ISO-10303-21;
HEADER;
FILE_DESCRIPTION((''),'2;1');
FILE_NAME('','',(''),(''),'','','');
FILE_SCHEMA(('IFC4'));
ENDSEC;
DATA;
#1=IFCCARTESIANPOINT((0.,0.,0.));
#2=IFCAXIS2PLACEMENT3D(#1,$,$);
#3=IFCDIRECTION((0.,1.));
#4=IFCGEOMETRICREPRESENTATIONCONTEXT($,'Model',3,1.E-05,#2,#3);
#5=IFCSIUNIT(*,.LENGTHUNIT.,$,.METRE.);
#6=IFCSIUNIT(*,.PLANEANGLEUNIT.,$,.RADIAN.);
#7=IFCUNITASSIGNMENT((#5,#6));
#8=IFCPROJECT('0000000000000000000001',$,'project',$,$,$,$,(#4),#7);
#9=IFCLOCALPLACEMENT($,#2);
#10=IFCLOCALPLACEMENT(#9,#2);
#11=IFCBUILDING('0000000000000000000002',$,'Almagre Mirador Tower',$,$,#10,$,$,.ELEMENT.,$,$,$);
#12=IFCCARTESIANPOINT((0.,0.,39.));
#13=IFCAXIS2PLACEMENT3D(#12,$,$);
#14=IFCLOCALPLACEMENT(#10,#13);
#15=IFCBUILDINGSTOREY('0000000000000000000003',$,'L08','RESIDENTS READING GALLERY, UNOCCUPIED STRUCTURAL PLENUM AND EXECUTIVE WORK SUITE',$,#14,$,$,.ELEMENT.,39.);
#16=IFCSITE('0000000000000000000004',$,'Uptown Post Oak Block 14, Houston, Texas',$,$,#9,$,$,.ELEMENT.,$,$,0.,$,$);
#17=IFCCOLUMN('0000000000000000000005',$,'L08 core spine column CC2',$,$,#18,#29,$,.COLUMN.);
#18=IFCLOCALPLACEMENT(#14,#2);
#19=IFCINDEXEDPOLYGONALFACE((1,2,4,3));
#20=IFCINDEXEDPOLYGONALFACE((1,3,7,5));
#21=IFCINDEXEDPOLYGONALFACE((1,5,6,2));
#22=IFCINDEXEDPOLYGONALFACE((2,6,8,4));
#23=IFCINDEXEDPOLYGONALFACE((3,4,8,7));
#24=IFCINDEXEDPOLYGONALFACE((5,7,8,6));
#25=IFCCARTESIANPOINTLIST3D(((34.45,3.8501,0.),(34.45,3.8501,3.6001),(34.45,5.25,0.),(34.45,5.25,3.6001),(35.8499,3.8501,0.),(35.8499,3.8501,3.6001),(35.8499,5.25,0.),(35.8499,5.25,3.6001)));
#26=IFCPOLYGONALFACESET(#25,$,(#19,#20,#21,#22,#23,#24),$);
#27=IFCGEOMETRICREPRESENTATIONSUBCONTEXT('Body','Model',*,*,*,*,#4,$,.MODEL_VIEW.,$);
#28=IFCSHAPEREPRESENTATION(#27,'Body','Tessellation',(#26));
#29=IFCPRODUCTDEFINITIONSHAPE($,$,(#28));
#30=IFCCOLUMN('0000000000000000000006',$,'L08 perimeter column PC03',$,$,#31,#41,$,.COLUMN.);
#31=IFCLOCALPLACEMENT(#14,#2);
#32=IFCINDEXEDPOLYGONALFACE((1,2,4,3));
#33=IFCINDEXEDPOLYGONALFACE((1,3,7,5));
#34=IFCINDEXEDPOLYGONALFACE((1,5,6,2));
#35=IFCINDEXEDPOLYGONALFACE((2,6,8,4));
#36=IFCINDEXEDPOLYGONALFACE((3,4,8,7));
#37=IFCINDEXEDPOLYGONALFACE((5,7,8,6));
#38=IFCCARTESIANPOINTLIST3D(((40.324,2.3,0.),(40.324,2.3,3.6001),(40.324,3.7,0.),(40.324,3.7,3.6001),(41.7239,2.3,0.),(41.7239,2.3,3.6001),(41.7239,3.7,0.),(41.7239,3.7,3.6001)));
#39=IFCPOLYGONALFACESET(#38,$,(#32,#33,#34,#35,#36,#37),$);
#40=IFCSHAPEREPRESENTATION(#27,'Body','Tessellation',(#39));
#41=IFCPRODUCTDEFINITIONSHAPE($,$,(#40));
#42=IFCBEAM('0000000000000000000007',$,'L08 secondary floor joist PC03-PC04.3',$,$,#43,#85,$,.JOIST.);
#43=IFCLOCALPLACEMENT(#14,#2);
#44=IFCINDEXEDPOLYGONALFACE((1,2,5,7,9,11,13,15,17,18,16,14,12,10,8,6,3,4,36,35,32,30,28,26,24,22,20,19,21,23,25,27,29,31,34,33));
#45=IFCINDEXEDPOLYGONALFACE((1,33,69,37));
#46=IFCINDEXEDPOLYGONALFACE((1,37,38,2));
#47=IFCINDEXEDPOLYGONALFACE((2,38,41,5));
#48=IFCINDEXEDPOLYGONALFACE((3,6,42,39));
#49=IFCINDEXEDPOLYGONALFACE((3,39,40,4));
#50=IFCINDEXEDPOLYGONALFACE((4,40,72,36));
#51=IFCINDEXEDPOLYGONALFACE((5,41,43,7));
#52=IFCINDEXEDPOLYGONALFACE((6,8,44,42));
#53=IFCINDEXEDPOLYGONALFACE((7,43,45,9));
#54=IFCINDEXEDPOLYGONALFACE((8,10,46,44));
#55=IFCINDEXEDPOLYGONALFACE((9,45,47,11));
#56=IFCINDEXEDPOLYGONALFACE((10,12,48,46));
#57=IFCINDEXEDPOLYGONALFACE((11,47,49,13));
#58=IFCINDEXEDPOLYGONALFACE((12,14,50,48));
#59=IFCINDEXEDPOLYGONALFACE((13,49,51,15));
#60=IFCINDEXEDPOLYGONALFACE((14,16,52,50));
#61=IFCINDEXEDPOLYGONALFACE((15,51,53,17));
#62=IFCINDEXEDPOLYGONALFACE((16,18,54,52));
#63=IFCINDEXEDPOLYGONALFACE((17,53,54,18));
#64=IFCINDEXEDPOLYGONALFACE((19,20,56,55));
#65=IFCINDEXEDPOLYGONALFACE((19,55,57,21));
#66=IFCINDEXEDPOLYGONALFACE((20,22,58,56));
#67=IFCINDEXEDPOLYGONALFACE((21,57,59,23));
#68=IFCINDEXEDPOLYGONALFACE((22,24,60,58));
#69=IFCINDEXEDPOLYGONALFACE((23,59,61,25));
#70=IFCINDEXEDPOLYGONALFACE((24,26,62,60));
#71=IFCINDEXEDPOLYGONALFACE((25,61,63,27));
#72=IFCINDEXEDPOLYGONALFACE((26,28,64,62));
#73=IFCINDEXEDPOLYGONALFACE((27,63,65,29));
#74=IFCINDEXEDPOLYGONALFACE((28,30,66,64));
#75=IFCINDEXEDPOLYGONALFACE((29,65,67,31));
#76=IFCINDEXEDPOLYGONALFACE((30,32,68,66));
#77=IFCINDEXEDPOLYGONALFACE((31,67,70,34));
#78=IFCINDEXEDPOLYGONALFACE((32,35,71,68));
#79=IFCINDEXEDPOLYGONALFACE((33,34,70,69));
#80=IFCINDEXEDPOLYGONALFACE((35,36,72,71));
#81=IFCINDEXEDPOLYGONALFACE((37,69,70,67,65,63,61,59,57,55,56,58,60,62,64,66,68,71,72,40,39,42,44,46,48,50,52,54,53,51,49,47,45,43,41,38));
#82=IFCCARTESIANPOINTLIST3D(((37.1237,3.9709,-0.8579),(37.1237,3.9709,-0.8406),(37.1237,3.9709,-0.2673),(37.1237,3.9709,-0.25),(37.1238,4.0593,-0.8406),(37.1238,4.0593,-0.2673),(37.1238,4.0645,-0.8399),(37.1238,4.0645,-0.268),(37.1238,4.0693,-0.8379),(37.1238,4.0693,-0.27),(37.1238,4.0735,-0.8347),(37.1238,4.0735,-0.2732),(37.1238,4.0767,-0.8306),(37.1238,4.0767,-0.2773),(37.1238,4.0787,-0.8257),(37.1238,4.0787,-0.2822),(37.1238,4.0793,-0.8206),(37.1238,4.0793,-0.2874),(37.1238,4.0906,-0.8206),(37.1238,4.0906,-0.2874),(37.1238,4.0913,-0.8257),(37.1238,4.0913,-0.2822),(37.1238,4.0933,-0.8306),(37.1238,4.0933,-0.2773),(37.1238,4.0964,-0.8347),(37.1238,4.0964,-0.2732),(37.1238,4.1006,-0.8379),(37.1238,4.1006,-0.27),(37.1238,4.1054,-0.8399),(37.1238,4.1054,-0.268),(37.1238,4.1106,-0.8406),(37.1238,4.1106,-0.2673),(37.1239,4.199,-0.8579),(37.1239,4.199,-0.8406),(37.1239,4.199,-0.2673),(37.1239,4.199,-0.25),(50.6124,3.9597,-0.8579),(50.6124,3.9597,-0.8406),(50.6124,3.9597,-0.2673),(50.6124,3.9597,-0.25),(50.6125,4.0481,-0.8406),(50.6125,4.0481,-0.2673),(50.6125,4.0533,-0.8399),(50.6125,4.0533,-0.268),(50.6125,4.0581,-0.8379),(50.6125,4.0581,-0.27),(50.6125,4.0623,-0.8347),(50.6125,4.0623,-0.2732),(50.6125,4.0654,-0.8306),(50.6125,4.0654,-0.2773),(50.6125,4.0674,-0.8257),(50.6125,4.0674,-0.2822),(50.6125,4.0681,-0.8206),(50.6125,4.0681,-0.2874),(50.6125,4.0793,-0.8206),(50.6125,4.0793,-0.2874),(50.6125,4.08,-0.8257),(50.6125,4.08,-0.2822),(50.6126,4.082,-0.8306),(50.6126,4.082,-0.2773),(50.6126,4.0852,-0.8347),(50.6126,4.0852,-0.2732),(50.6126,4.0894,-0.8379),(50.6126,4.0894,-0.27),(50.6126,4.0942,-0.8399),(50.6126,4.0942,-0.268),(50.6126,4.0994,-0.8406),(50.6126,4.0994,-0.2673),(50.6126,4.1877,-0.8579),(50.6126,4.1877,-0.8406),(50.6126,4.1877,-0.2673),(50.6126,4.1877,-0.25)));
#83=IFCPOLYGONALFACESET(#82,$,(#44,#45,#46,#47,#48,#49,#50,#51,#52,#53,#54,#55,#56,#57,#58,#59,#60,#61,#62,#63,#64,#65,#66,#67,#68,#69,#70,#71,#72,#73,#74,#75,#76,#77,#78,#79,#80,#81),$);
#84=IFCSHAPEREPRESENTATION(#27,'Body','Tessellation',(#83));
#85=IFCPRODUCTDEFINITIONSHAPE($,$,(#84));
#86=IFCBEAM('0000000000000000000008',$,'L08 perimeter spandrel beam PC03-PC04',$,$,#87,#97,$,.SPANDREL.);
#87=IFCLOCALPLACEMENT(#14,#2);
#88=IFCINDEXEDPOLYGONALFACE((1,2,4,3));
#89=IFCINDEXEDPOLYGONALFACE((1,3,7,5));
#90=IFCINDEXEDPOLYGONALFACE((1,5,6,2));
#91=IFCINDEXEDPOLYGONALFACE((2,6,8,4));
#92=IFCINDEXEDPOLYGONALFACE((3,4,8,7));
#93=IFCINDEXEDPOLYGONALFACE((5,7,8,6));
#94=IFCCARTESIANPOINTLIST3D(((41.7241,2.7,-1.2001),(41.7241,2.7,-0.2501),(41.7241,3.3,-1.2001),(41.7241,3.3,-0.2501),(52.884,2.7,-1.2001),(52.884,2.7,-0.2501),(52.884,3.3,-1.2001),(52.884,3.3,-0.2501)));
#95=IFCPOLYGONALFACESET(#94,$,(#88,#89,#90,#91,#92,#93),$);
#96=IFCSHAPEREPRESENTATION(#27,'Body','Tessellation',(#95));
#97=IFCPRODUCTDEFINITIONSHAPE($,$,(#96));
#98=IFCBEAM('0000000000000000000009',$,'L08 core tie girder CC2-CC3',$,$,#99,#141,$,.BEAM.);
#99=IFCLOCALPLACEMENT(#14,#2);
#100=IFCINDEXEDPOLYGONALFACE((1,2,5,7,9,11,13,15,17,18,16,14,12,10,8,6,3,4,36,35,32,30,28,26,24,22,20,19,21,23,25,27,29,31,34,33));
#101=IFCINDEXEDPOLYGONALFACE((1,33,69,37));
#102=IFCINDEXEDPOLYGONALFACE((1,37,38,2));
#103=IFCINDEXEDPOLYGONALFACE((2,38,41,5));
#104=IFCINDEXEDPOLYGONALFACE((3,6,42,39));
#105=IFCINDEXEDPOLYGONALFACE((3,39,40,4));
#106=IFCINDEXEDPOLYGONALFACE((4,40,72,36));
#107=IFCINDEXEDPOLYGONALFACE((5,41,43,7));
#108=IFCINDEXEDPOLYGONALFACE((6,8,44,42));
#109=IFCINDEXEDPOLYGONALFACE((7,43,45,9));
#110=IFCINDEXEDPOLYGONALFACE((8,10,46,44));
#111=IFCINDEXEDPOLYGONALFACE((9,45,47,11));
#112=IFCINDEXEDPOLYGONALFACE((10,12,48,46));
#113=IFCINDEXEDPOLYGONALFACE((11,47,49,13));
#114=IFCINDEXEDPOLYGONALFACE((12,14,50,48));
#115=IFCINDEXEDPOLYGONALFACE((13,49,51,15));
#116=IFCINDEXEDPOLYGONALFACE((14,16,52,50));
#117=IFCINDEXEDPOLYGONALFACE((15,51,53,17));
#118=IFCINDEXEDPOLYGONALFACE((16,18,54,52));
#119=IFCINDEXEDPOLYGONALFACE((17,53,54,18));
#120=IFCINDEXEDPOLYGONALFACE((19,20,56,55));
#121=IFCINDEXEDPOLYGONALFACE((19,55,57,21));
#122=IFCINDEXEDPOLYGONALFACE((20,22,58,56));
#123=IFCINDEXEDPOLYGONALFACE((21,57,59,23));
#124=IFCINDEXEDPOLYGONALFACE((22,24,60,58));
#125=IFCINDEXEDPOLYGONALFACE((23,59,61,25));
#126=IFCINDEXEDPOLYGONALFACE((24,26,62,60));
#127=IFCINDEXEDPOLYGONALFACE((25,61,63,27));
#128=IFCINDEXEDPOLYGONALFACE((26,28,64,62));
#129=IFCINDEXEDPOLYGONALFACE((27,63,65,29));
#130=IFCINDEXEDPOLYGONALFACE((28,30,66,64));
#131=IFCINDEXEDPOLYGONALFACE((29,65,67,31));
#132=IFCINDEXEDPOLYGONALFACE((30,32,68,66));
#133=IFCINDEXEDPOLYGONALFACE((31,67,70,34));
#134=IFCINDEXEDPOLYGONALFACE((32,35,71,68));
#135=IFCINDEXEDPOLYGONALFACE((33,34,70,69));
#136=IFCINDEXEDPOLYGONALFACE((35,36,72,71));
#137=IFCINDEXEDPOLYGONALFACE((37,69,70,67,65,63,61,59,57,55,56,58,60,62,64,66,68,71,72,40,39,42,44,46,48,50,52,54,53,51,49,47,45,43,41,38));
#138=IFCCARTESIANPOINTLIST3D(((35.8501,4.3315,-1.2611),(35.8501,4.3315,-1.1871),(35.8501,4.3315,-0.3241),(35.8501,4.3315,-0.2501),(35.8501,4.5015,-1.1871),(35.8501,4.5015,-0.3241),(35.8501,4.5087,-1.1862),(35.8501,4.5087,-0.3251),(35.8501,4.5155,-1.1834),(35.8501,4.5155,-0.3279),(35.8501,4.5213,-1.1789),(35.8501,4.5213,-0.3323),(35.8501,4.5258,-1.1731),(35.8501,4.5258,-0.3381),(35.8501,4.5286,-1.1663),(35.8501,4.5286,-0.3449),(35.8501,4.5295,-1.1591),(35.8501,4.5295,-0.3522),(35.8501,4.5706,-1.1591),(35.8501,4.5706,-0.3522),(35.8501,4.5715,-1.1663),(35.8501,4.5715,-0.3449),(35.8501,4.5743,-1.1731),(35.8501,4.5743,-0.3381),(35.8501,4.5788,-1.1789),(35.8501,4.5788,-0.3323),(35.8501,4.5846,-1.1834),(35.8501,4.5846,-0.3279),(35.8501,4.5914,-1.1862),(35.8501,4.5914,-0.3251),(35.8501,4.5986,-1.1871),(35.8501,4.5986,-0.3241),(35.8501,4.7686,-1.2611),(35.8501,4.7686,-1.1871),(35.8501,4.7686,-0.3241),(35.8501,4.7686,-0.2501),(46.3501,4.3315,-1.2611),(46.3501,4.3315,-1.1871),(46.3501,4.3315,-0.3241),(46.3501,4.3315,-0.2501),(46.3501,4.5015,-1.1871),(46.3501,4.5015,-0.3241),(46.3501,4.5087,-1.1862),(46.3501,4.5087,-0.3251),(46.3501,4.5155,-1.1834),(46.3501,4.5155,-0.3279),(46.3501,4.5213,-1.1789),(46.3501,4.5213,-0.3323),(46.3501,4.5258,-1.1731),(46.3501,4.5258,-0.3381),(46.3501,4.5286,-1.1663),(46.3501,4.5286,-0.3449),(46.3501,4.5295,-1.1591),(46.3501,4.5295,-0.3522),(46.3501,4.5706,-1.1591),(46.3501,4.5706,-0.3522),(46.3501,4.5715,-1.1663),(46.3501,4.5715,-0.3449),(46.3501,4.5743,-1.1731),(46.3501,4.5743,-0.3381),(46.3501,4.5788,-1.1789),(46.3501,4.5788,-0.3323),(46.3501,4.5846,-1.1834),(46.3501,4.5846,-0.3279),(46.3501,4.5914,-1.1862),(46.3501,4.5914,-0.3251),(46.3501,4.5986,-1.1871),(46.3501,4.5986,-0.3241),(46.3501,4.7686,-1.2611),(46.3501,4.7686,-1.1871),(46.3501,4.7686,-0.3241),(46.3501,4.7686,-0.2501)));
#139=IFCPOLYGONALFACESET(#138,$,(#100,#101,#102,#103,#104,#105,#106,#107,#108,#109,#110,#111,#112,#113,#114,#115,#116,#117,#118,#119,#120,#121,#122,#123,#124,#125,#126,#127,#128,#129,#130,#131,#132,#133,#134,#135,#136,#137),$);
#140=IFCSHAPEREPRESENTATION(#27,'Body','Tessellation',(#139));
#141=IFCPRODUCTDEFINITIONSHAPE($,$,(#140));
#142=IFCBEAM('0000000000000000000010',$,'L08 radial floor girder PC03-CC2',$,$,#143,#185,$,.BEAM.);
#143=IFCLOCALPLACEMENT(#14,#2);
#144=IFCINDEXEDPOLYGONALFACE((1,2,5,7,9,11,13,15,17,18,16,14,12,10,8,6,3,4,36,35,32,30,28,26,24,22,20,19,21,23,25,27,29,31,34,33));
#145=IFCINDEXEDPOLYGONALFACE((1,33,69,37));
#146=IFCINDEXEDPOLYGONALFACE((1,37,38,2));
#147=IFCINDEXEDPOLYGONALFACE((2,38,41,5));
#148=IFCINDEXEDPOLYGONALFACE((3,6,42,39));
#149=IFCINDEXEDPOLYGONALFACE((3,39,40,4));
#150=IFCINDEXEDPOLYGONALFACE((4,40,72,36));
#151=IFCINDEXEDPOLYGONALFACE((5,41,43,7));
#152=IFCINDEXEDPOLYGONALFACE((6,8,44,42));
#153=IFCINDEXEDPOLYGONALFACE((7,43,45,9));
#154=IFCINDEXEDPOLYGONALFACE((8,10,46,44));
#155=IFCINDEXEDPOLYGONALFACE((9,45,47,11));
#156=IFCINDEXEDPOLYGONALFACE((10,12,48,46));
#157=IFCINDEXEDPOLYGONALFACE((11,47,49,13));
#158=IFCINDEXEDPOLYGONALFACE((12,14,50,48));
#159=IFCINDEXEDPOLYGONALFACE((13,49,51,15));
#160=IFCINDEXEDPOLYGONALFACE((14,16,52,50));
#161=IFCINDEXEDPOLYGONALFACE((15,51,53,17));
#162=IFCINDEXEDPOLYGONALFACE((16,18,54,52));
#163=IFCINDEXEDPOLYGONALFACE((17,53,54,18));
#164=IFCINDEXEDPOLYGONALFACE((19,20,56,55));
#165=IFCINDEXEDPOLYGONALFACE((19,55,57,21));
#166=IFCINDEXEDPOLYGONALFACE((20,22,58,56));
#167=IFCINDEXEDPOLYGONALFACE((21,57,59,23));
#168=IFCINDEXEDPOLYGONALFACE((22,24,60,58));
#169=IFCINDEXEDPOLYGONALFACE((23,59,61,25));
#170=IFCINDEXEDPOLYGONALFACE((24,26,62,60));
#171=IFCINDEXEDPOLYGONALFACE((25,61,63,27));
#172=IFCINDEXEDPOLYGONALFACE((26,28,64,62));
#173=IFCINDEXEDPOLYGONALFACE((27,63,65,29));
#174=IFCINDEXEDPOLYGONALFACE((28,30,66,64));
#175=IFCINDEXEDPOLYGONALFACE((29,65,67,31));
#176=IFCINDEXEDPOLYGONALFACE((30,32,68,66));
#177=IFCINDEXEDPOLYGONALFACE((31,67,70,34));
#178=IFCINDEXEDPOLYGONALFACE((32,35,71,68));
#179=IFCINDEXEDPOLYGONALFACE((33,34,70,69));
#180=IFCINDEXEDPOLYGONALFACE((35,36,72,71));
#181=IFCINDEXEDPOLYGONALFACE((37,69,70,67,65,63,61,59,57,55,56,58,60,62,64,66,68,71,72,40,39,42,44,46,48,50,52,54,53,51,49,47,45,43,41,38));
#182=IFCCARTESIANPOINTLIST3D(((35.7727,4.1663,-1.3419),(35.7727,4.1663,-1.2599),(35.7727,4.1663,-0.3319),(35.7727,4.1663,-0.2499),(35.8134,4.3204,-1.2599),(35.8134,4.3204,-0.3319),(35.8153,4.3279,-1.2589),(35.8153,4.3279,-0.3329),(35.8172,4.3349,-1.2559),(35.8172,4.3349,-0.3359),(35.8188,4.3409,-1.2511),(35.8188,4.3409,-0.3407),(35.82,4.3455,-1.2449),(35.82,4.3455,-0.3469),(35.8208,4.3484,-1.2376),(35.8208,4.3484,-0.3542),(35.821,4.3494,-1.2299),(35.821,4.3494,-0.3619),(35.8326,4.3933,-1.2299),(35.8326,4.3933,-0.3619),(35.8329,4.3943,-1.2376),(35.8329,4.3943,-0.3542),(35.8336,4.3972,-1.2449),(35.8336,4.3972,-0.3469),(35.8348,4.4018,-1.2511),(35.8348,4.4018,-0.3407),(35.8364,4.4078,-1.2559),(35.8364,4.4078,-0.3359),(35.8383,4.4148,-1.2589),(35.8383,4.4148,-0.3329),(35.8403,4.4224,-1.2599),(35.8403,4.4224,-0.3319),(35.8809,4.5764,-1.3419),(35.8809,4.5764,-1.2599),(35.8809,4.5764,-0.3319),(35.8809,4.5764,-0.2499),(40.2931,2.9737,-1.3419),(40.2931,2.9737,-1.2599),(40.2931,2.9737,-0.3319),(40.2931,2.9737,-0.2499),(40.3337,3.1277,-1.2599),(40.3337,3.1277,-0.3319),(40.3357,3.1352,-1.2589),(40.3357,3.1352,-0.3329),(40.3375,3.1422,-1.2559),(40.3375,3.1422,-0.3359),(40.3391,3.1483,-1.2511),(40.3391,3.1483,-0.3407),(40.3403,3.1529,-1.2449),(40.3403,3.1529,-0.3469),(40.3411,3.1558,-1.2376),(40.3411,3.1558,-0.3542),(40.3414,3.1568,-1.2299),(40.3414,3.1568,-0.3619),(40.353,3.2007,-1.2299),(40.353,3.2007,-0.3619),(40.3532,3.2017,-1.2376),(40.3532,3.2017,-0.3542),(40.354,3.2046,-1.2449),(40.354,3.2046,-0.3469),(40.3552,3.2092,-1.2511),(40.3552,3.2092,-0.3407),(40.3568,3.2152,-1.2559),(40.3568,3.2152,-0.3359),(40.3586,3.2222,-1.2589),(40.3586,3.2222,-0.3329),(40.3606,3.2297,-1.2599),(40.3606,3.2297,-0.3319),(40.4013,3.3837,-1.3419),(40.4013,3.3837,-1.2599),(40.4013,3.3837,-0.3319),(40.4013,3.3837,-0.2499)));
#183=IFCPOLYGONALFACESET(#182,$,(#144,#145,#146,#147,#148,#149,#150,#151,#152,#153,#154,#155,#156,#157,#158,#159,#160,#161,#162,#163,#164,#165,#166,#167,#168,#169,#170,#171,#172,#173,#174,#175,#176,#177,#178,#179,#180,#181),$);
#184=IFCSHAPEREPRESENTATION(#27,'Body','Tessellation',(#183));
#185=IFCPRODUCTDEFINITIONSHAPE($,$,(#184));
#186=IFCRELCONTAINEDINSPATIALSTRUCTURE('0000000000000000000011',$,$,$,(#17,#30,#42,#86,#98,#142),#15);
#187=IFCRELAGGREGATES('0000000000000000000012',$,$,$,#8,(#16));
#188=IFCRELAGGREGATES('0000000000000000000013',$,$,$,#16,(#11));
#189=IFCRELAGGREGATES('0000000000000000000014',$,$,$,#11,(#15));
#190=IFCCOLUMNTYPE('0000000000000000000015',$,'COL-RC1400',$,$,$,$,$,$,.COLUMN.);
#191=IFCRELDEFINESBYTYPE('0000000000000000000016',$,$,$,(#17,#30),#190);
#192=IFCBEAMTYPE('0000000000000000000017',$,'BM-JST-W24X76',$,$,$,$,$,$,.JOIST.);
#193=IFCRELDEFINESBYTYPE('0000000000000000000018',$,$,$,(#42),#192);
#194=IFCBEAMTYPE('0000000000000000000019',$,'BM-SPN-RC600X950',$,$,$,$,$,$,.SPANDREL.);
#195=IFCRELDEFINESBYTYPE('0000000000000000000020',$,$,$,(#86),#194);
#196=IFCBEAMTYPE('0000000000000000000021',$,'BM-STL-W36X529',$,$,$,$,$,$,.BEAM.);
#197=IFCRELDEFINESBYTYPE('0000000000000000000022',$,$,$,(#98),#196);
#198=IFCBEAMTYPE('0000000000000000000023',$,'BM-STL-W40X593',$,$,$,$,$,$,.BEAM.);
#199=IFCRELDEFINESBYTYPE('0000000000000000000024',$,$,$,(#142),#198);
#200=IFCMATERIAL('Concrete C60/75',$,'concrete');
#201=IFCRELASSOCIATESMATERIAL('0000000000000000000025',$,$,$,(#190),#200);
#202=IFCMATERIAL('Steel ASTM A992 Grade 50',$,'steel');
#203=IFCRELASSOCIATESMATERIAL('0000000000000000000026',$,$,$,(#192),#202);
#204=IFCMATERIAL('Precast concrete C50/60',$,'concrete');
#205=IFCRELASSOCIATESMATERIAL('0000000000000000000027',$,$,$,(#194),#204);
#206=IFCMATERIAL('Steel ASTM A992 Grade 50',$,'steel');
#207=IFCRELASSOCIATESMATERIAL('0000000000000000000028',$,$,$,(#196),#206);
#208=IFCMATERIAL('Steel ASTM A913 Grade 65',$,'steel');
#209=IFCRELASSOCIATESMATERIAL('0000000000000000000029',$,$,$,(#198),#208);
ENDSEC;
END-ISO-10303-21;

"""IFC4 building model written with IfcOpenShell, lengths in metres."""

from ifc_helpers import new_model, si_unit, direction, frame, origin, origin_2d, place, context, subcontext, project, spatial, rectangle, i_section, extrude, material, material_profile, profile_set, type_object, element, save


model = new_model("IFC4")

# Units and contexts
model_context = context("Model", 3, precision=1e-05, world=origin(), true_north=direction((0.0, 1.0)))
body_context = subcontext(model_context, "Body", "Model", "MODEL_VIEW")
ifc_project = project(units=[si_unit("LENGTHUNIT", "METRE"), si_unit("PLANEANGLEUNIT", "RADIAN")], contexts=[model_context])

# Site, building, storey
site_placement = place(None, origin())
site = spatial("IfcSite", under=ifc_project, at=site_placement, Name="Uptown Post Oak Block 14, Houston, Texas", CompositionType="ELEMENT", RefElevation=0.0)
building_placement = place(site_placement, origin())
building = spatial("IfcBuilding", under=site, at=building_placement, Name="Almagre Mirador Tower", CompositionType="ELEMENT")
storey_placement = place(building_placement, frame((0.0, 0.0, 39.0)))
storey = spatial("IfcBuildingStorey", under=building, at=storey_placement, Name="L08", Description="RESIDENTS READING GALLERY, UNOCCUPIED STRUCTURAL PLENUM AND EXECUTIVE WORK SUITE", CompositionType="ELEMENT", Elevation=39.0)

# Columns
ifc_material_1 = material(Name="Concrete C60/75", Category="concrete")
ifc_material_profile_1 = material_profile(ifc_material_1, rectangle(XDim=1.3999, YDim=1.3999, at=origin_2d()), Name="RC1400X1400")
ifc_profile_set_1 = profile_set([ifc_material_profile_1], Name="Concrete C60/75")
column_type = type_object("IfcColumnType", Name="COL-RC1400", PredefinedType="COLUMN", material=ifc_profile_set_1)
for number, where, z_axis, x_axis, name in (
    (1, (35.1499, 4.55, 0.0), (0.0, 0.0, 1.0), (1.0, 0.0, 0.0), "L08 core spine column CC2"),
    (2, (41.0239, 3.0, 0.0), (0.0, 0.0, 1.0), (1.0, 0.0, 0.0), "L08 perimeter column PC03"),
):
    element("IfcColumn", number, at=place(storey_placement, frame(where, z_axis=z_axis, x_axis=x_axis)), inside=storey, type_object=column_type, Name=name, PredefinedType="COLUMN", context=body_context, shape_type="SweptSolid", body=[
        extrude(rectangle(XDim=1.3999, YDim=1.3999, at=origin_2d()), origin(), (0.0, 0.0, 1.0), 3.6001),
    ])

# Beams
ifc_material_2 = material(Name="Steel ASTM A992 Grade 50", Category="steel")
ifc_material_profile_2 = material_profile(ifc_material_2, i_section(OverallWidth=0.228, OverallDepth=0.6079, WebThickness=0.0112, FlangeThickness=0.0173, FilletRadius=0.02, at=origin_2d()), Name="W24X76")
ifc_profile_set_2 = profile_set([ifc_material_profile_2], Name="Steel ASTM A992 Grade 50")
beam_type_1 = type_object("IfcBeamType", Name="BM-JST-W24X76", PredefinedType="JOIST", material=ifc_profile_set_2)
beam_1_placement = place(storey_placement, frame((37.1238, 4.085, -0.554), z_axis=(1.0, -0.000833, 0.0), x_axis=(0.000833, 1.0, 0.0)))
element("IfcBeam", 3, at=beam_1_placement, inside=storey, type_object=beam_type_1, Name="L08 secondary floor joist PC03-PC04.3", PredefinedType="JOIST", context=body_context, shape_type="SweptSolid", body=[
    extrude(i_section(OverallWidth=0.228, OverallDepth=0.6079, WebThickness=0.0112, FlangeThickness=0.0173, FilletRadius=0.02, at=origin_2d()), origin(), (0.0, 0.0, 1.0), 13.4888),
])
ifc_material_3 = material(Name="Precast concrete C50/60", Category="concrete")
ifc_material_profile_3 = material_profile(ifc_material_3, rectangle(XDim=0.6001, YDim=0.95, at=origin_2d()), Name="RC600X950")
ifc_profile_set_3 = profile_set([ifc_material_profile_3], Name="Precast concrete C50/60")
beam_type_2 = type_object("IfcBeamType", Name="BM-SPN-RC600X950", PredefinedType="SPANDREL", material=ifc_profile_set_3)
beam_2_placement = place(storey_placement, frame((41.7241, 3.0, -0.7251), z_axis=(1.0, 0.0, 0.0), x_axis=(0.0, 1.0, 0.0)))
element("IfcBeam", 4, at=beam_2_placement, inside=storey, type_object=beam_type_2, Name="L08 perimeter spandrel beam PC03-PC04", PredefinedType="SPANDREL", context=body_context, shape_type="SweptSolid", body=[
    extrude(rectangle(XDim=0.6001, YDim=0.95, at=origin_2d()), origin(), (0.0, 0.0, 1.0), 11.1599),
])
ifc_material_4 = material(Name="Steel ASTM A992 Grade 50", Category="steel")
ifc_material_profile_4 = material_profile(ifc_material_4, i_section(OverallWidth=0.437, OverallDepth=1.011, WebThickness=0.041, FlangeThickness=0.074, FilletRadius=0.0281, at=origin_2d()), Name="W36X529")
ifc_profile_set_4 = profile_set([ifc_material_profile_4], Name="Steel ASTM A992 Grade 50")
beam_type_3 = type_object("IfcBeamType", Name="BM-STL-W36X529", PredefinedType="BEAM", material=ifc_profile_set_4)
beam_3_placement = place(storey_placement, frame((35.8501, 4.55, -0.7556), z_axis=(1.0, 0.0, 0.0), x_axis=(0.0, 1.0, 0.0)))
element("IfcBeam", 5, at=beam_3_placement, inside=storey, type_object=beam_type_3, Name="L08 core tie girder CC2-CC3", PredefinedType="BEAM", context=body_context, shape_type="SweptSolid", body=[
    extrude(i_section(OverallWidth=0.437, OverallDepth=1.011, WebThickness=0.041, FlangeThickness=0.074, FilletRadius=0.0281, at=origin_2d()), origin(), (0.0, 0.0, 1.0), 10.5),
])
ifc_material_5 = material(Name="Steel ASTM A913 Grade 65", Category="steel")
ifc_material_profile_5 = material_profile(ifc_material_5, i_section(OverallWidth=0.4241, OverallDepth=1.092, WebThickness=0.0454, FlangeThickness=0.082, FilletRadius=0.03, at=origin_2d()), Name="W40X593")
ifc_profile_set_5 = profile_set([ifc_material_profile_5], Name="Steel ASTM A913 Grade 65")
beam_type_4 = type_object("IfcBeamType", Name="BM-STL-W40X593", PredefinedType="BEAM", material=ifc_profile_set_5)
beam_4_placement = place(storey_placement, frame((40.3472, 3.1787, -0.7959), z_axis=(-0.966912, 0.25511, 0.0), x_axis=(-0.25511, -0.966912, 0.0)))
element("IfcBeam", 6, at=beam_4_placement, inside=storey, type_object=beam_type_4, Name="L08 radial floor girder PC03-CC2", PredefinedType="BEAM", context=body_context, shape_type="SweptSolid", body=[
    extrude(i_section(OverallWidth=0.4241, OverallDepth=1.092, WebThickness=0.0454, FlangeThickness=0.082, FilletRadius=0.03, at=origin_2d()), origin(), (0.0, 0.0, 1.0), 4.675),
])

save(model, "model.ifc")
